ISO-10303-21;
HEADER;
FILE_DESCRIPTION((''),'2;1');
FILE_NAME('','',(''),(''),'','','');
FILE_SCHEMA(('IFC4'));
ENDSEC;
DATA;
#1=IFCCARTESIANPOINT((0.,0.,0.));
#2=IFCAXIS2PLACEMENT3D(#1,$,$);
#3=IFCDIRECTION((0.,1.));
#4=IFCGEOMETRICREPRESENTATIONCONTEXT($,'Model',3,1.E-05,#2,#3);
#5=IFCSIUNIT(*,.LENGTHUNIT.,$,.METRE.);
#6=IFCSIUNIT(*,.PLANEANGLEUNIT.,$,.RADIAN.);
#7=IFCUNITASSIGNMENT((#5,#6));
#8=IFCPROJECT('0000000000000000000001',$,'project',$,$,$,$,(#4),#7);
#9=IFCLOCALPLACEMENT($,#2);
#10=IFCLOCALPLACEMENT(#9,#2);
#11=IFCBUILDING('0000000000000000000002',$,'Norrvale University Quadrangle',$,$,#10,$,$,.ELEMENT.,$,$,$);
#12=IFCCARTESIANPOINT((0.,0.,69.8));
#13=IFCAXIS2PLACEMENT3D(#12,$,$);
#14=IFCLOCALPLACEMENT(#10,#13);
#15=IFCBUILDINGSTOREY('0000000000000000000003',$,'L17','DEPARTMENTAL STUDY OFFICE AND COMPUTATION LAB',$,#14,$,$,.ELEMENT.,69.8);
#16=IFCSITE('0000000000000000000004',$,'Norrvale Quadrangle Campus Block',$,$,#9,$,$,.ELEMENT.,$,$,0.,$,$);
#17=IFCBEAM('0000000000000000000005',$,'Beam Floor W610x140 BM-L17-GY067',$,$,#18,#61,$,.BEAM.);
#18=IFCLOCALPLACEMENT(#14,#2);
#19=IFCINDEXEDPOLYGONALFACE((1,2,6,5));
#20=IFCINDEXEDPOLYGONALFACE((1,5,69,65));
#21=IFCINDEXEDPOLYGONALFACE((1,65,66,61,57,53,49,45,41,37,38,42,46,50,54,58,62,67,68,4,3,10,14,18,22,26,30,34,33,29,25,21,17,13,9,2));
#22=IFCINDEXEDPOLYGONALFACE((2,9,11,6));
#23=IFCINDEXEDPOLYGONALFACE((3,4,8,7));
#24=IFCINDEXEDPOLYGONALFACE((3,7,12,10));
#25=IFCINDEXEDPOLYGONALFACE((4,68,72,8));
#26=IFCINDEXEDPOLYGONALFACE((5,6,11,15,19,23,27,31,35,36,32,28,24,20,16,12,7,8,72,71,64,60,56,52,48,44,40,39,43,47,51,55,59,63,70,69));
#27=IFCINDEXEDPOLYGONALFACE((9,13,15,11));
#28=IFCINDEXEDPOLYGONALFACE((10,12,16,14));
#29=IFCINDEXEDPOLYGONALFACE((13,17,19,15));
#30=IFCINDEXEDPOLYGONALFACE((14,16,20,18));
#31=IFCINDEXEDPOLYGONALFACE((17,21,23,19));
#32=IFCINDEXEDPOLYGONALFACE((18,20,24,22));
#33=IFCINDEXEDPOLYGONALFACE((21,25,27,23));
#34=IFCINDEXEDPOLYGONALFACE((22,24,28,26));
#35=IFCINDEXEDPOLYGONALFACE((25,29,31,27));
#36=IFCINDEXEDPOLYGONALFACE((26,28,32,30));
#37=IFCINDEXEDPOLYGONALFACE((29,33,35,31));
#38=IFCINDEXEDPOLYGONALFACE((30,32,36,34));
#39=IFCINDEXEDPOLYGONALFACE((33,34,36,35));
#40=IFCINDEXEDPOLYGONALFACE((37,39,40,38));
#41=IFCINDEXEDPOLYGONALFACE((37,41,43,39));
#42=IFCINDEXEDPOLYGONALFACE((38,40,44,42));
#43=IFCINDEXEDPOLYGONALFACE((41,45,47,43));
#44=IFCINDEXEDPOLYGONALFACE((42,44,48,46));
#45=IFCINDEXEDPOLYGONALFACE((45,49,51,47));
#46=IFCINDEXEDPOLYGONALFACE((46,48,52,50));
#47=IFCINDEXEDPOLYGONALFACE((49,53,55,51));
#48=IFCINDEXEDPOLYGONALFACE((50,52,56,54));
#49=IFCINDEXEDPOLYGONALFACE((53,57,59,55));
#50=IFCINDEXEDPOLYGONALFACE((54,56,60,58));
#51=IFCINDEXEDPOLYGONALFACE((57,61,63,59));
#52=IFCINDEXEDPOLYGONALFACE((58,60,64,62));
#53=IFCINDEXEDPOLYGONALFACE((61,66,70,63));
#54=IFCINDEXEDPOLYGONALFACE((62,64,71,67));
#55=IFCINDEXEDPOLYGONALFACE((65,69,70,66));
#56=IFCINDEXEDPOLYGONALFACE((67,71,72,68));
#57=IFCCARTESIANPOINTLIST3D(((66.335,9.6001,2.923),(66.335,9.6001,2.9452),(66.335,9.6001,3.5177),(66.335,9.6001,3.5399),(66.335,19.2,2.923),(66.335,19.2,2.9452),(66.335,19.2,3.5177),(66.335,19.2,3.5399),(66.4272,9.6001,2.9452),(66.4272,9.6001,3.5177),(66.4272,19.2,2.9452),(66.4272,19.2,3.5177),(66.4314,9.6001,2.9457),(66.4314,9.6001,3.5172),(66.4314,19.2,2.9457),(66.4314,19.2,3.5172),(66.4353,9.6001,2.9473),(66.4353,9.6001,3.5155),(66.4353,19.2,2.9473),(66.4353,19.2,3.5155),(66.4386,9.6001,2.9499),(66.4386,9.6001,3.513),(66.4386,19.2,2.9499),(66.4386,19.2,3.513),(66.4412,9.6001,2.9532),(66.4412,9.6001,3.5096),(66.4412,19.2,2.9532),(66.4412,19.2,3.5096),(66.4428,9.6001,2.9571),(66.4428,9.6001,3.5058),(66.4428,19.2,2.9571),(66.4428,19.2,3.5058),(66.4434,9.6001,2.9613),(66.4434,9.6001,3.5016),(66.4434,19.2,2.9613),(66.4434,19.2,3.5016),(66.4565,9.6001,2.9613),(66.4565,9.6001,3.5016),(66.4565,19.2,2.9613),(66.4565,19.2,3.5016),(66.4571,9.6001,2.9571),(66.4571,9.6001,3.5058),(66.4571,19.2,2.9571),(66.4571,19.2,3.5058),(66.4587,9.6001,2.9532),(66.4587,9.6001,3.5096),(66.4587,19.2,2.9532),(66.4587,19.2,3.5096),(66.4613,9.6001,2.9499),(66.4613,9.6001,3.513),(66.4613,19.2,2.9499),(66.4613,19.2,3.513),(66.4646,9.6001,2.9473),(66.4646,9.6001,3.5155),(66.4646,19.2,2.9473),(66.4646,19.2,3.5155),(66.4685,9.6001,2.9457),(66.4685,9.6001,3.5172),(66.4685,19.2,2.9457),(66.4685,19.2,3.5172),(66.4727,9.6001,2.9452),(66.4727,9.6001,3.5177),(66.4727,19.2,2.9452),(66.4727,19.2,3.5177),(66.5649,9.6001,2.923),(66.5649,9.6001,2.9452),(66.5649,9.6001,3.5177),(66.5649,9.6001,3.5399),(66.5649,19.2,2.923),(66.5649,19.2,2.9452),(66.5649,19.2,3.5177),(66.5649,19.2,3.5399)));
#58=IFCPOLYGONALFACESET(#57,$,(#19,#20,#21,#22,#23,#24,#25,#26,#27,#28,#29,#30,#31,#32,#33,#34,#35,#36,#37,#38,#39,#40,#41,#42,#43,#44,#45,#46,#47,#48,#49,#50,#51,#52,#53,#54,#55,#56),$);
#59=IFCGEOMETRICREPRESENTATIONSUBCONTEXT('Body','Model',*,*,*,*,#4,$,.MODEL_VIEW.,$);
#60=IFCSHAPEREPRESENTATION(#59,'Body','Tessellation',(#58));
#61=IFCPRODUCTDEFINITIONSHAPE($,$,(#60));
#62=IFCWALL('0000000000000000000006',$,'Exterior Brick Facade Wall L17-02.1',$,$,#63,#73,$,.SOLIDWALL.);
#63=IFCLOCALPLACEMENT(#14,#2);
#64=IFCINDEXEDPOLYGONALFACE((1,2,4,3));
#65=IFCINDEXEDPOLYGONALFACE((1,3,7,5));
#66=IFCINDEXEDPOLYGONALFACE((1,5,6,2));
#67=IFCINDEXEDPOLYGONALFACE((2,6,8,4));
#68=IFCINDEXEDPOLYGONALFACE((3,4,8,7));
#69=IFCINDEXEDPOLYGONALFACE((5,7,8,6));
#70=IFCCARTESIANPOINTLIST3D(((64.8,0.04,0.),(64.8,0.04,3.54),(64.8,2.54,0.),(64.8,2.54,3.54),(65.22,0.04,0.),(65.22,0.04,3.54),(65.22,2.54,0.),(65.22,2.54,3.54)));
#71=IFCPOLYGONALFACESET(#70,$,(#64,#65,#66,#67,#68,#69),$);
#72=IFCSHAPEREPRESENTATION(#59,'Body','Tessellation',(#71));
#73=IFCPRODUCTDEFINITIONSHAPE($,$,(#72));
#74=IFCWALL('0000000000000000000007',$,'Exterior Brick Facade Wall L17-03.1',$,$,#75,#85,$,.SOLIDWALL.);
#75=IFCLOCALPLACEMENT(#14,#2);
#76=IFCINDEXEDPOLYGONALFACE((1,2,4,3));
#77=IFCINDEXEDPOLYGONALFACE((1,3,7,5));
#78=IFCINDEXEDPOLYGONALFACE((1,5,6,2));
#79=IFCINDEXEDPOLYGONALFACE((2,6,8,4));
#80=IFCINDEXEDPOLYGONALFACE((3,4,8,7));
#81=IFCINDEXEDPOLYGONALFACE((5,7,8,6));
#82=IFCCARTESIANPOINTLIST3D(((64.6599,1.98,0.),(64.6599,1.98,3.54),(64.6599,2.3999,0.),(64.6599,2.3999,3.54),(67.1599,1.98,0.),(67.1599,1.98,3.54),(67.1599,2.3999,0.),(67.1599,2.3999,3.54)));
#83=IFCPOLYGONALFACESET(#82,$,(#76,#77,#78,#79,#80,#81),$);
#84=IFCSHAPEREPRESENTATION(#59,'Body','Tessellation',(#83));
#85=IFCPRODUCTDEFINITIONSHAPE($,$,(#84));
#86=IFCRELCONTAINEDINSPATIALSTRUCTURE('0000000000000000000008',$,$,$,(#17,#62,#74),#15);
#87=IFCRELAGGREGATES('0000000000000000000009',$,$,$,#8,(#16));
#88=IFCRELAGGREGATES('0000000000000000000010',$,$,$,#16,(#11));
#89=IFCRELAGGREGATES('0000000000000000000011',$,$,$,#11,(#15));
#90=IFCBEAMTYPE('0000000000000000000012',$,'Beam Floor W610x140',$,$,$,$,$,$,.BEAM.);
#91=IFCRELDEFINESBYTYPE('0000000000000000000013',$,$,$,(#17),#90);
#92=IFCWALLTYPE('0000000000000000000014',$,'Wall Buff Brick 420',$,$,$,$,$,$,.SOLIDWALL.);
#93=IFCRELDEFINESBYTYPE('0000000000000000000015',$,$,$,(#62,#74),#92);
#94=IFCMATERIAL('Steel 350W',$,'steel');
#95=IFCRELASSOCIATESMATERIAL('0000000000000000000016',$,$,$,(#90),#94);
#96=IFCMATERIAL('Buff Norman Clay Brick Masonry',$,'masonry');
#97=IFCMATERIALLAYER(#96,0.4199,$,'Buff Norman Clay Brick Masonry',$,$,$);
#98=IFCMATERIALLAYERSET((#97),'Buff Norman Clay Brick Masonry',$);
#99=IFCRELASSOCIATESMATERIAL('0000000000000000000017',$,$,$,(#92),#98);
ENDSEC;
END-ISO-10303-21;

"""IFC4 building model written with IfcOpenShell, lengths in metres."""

from ifc_helpers import new_model, si_unit, direction, frame, frame_2d, origin, origin_2d, place, context, subcontext, project, spatial, rectangle, i_section, extrude, material, layer, layer_set, material_profile, profile_set, type_object, element, save


model = new_model("IFC4")

# Units and contexts
model_context = context("Model", 3, precision=1e-05, world=origin(), true_north=direction((0.0, 1.0)))
body_context = subcontext(model_context, "Body", "Model", "MODEL_VIEW")
ifc_project = project(units=[si_unit("LENGTHUNIT", "METRE"), si_unit("PLANEANGLEUNIT", "RADIAN")], contexts=[model_context])

# Site, building, storey
site_placement = place(None, origin())
site = spatial("IfcSite", under=ifc_project, at=site_placement, Name="Norrvale Quadrangle Campus Block", CompositionType="ELEMENT", RefElevation=0.0)
building_placement = place(site_placement, origin())
building = spatial("IfcBuilding", under=site, at=building_placement, Name="Norrvale University Quadrangle", CompositionType="ELEMENT")
storey_placement = place(building_placement, frame((0.0, 0.0, 69.8)))
storey = spatial("IfcBuildingStorey", under=building, at=storey_placement, Name="L17", Description="DEPARTMENTAL STUDY OFFICE AND COMPUTATION LAB", CompositionType="ELEMENT", Elevation=69.8)

# Beam
ifc_material_1 = material(Name="Steel 350W", Category="steel")
ifc_material_profile_1 = material_profile(ifc_material_1, i_section(OverallWidth=0.23, OverallDepth=0.6169, WebThickness=0.0132, FlangeThickness=0.0222, FilletRadius=0.0161, at=origin_2d()), Name="Steel 350W")
ifc_profile_set_1 = profile_set([ifc_material_profile_1], Name="Steel 350W")
beam_type_1 = type_object("IfcBeamType", Name="Beam Floor W610x140", PredefinedType="BEAM", material=ifc_profile_set_1)
beam_1_placement = place(storey_placement, frame((66.45, 9.6001, 3.2314), z_axis=(0.0, 1.0, 0.0), x_axis=(-1.0, 0.0, 0.0)))
element("IfcBeam", 1, at=beam_1_placement, inside=storey, type_object=beam_type_1, Name="Beam Floor W610x140 BM-L17-GY067", PredefinedType="BEAM", context=body_context, shape_type="SweptSolid", body=[
    extrude(i_section(OverallWidth=0.23, OverallDepth=0.6169, WebThickness=0.0132, FlangeThickness=0.0222, FilletRadius=0.0161, at=origin_2d()), origin(), (0.0, 0.0, 1.0), 9.5999),
])

# Walls
ifc_material_2 = material(Name="Buff Norman Clay Brick Masonry", Category="masonry")
ifc_layer_1 = layer(ifc_material_2, 0.4199, Name="Buff Norman Clay Brick Masonry")
ifc_layer_set_1 = layer_set([ifc_layer_1], Name="Buff Norman Clay Brick Masonry")
wall_type_1 = type_object("IfcWallType", Name="Wall Buff Brick 420", PredefinedType="SOLIDWALL", material=ifc_layer_set_1)
for number, where, z_axis, x_axis, name in (
    (2, (65.01, 0.04, 0.0), (0.0, 0.0, 1.0), (0.0, 1.0, 0.0), "Exterior Brick Facade Wall L17-02.1"),
    (3, (64.6599, 2.1899, 0.0), (0.0, 0.0, 1.0), (1.0, 0.0, 0.0), "Exterior Brick Facade Wall L17-03.1"),
):
    element("IfcWall", number, at=place(storey_placement, frame(where, z_axis=z_axis, x_axis=x_axis)), inside=storey, type_object=wall_type_1, Name=name, PredefinedType="SOLIDWALL", context=body_context, shape_type="SweptSolid", body=[
        extrude(rectangle(XDim=2.5, YDim=0.4199, at=frame_2d((1.25, 0.0))), origin(), (0.0, 0.0, 1.0), 3.54),
    ])

save(model, "model.ifc")
